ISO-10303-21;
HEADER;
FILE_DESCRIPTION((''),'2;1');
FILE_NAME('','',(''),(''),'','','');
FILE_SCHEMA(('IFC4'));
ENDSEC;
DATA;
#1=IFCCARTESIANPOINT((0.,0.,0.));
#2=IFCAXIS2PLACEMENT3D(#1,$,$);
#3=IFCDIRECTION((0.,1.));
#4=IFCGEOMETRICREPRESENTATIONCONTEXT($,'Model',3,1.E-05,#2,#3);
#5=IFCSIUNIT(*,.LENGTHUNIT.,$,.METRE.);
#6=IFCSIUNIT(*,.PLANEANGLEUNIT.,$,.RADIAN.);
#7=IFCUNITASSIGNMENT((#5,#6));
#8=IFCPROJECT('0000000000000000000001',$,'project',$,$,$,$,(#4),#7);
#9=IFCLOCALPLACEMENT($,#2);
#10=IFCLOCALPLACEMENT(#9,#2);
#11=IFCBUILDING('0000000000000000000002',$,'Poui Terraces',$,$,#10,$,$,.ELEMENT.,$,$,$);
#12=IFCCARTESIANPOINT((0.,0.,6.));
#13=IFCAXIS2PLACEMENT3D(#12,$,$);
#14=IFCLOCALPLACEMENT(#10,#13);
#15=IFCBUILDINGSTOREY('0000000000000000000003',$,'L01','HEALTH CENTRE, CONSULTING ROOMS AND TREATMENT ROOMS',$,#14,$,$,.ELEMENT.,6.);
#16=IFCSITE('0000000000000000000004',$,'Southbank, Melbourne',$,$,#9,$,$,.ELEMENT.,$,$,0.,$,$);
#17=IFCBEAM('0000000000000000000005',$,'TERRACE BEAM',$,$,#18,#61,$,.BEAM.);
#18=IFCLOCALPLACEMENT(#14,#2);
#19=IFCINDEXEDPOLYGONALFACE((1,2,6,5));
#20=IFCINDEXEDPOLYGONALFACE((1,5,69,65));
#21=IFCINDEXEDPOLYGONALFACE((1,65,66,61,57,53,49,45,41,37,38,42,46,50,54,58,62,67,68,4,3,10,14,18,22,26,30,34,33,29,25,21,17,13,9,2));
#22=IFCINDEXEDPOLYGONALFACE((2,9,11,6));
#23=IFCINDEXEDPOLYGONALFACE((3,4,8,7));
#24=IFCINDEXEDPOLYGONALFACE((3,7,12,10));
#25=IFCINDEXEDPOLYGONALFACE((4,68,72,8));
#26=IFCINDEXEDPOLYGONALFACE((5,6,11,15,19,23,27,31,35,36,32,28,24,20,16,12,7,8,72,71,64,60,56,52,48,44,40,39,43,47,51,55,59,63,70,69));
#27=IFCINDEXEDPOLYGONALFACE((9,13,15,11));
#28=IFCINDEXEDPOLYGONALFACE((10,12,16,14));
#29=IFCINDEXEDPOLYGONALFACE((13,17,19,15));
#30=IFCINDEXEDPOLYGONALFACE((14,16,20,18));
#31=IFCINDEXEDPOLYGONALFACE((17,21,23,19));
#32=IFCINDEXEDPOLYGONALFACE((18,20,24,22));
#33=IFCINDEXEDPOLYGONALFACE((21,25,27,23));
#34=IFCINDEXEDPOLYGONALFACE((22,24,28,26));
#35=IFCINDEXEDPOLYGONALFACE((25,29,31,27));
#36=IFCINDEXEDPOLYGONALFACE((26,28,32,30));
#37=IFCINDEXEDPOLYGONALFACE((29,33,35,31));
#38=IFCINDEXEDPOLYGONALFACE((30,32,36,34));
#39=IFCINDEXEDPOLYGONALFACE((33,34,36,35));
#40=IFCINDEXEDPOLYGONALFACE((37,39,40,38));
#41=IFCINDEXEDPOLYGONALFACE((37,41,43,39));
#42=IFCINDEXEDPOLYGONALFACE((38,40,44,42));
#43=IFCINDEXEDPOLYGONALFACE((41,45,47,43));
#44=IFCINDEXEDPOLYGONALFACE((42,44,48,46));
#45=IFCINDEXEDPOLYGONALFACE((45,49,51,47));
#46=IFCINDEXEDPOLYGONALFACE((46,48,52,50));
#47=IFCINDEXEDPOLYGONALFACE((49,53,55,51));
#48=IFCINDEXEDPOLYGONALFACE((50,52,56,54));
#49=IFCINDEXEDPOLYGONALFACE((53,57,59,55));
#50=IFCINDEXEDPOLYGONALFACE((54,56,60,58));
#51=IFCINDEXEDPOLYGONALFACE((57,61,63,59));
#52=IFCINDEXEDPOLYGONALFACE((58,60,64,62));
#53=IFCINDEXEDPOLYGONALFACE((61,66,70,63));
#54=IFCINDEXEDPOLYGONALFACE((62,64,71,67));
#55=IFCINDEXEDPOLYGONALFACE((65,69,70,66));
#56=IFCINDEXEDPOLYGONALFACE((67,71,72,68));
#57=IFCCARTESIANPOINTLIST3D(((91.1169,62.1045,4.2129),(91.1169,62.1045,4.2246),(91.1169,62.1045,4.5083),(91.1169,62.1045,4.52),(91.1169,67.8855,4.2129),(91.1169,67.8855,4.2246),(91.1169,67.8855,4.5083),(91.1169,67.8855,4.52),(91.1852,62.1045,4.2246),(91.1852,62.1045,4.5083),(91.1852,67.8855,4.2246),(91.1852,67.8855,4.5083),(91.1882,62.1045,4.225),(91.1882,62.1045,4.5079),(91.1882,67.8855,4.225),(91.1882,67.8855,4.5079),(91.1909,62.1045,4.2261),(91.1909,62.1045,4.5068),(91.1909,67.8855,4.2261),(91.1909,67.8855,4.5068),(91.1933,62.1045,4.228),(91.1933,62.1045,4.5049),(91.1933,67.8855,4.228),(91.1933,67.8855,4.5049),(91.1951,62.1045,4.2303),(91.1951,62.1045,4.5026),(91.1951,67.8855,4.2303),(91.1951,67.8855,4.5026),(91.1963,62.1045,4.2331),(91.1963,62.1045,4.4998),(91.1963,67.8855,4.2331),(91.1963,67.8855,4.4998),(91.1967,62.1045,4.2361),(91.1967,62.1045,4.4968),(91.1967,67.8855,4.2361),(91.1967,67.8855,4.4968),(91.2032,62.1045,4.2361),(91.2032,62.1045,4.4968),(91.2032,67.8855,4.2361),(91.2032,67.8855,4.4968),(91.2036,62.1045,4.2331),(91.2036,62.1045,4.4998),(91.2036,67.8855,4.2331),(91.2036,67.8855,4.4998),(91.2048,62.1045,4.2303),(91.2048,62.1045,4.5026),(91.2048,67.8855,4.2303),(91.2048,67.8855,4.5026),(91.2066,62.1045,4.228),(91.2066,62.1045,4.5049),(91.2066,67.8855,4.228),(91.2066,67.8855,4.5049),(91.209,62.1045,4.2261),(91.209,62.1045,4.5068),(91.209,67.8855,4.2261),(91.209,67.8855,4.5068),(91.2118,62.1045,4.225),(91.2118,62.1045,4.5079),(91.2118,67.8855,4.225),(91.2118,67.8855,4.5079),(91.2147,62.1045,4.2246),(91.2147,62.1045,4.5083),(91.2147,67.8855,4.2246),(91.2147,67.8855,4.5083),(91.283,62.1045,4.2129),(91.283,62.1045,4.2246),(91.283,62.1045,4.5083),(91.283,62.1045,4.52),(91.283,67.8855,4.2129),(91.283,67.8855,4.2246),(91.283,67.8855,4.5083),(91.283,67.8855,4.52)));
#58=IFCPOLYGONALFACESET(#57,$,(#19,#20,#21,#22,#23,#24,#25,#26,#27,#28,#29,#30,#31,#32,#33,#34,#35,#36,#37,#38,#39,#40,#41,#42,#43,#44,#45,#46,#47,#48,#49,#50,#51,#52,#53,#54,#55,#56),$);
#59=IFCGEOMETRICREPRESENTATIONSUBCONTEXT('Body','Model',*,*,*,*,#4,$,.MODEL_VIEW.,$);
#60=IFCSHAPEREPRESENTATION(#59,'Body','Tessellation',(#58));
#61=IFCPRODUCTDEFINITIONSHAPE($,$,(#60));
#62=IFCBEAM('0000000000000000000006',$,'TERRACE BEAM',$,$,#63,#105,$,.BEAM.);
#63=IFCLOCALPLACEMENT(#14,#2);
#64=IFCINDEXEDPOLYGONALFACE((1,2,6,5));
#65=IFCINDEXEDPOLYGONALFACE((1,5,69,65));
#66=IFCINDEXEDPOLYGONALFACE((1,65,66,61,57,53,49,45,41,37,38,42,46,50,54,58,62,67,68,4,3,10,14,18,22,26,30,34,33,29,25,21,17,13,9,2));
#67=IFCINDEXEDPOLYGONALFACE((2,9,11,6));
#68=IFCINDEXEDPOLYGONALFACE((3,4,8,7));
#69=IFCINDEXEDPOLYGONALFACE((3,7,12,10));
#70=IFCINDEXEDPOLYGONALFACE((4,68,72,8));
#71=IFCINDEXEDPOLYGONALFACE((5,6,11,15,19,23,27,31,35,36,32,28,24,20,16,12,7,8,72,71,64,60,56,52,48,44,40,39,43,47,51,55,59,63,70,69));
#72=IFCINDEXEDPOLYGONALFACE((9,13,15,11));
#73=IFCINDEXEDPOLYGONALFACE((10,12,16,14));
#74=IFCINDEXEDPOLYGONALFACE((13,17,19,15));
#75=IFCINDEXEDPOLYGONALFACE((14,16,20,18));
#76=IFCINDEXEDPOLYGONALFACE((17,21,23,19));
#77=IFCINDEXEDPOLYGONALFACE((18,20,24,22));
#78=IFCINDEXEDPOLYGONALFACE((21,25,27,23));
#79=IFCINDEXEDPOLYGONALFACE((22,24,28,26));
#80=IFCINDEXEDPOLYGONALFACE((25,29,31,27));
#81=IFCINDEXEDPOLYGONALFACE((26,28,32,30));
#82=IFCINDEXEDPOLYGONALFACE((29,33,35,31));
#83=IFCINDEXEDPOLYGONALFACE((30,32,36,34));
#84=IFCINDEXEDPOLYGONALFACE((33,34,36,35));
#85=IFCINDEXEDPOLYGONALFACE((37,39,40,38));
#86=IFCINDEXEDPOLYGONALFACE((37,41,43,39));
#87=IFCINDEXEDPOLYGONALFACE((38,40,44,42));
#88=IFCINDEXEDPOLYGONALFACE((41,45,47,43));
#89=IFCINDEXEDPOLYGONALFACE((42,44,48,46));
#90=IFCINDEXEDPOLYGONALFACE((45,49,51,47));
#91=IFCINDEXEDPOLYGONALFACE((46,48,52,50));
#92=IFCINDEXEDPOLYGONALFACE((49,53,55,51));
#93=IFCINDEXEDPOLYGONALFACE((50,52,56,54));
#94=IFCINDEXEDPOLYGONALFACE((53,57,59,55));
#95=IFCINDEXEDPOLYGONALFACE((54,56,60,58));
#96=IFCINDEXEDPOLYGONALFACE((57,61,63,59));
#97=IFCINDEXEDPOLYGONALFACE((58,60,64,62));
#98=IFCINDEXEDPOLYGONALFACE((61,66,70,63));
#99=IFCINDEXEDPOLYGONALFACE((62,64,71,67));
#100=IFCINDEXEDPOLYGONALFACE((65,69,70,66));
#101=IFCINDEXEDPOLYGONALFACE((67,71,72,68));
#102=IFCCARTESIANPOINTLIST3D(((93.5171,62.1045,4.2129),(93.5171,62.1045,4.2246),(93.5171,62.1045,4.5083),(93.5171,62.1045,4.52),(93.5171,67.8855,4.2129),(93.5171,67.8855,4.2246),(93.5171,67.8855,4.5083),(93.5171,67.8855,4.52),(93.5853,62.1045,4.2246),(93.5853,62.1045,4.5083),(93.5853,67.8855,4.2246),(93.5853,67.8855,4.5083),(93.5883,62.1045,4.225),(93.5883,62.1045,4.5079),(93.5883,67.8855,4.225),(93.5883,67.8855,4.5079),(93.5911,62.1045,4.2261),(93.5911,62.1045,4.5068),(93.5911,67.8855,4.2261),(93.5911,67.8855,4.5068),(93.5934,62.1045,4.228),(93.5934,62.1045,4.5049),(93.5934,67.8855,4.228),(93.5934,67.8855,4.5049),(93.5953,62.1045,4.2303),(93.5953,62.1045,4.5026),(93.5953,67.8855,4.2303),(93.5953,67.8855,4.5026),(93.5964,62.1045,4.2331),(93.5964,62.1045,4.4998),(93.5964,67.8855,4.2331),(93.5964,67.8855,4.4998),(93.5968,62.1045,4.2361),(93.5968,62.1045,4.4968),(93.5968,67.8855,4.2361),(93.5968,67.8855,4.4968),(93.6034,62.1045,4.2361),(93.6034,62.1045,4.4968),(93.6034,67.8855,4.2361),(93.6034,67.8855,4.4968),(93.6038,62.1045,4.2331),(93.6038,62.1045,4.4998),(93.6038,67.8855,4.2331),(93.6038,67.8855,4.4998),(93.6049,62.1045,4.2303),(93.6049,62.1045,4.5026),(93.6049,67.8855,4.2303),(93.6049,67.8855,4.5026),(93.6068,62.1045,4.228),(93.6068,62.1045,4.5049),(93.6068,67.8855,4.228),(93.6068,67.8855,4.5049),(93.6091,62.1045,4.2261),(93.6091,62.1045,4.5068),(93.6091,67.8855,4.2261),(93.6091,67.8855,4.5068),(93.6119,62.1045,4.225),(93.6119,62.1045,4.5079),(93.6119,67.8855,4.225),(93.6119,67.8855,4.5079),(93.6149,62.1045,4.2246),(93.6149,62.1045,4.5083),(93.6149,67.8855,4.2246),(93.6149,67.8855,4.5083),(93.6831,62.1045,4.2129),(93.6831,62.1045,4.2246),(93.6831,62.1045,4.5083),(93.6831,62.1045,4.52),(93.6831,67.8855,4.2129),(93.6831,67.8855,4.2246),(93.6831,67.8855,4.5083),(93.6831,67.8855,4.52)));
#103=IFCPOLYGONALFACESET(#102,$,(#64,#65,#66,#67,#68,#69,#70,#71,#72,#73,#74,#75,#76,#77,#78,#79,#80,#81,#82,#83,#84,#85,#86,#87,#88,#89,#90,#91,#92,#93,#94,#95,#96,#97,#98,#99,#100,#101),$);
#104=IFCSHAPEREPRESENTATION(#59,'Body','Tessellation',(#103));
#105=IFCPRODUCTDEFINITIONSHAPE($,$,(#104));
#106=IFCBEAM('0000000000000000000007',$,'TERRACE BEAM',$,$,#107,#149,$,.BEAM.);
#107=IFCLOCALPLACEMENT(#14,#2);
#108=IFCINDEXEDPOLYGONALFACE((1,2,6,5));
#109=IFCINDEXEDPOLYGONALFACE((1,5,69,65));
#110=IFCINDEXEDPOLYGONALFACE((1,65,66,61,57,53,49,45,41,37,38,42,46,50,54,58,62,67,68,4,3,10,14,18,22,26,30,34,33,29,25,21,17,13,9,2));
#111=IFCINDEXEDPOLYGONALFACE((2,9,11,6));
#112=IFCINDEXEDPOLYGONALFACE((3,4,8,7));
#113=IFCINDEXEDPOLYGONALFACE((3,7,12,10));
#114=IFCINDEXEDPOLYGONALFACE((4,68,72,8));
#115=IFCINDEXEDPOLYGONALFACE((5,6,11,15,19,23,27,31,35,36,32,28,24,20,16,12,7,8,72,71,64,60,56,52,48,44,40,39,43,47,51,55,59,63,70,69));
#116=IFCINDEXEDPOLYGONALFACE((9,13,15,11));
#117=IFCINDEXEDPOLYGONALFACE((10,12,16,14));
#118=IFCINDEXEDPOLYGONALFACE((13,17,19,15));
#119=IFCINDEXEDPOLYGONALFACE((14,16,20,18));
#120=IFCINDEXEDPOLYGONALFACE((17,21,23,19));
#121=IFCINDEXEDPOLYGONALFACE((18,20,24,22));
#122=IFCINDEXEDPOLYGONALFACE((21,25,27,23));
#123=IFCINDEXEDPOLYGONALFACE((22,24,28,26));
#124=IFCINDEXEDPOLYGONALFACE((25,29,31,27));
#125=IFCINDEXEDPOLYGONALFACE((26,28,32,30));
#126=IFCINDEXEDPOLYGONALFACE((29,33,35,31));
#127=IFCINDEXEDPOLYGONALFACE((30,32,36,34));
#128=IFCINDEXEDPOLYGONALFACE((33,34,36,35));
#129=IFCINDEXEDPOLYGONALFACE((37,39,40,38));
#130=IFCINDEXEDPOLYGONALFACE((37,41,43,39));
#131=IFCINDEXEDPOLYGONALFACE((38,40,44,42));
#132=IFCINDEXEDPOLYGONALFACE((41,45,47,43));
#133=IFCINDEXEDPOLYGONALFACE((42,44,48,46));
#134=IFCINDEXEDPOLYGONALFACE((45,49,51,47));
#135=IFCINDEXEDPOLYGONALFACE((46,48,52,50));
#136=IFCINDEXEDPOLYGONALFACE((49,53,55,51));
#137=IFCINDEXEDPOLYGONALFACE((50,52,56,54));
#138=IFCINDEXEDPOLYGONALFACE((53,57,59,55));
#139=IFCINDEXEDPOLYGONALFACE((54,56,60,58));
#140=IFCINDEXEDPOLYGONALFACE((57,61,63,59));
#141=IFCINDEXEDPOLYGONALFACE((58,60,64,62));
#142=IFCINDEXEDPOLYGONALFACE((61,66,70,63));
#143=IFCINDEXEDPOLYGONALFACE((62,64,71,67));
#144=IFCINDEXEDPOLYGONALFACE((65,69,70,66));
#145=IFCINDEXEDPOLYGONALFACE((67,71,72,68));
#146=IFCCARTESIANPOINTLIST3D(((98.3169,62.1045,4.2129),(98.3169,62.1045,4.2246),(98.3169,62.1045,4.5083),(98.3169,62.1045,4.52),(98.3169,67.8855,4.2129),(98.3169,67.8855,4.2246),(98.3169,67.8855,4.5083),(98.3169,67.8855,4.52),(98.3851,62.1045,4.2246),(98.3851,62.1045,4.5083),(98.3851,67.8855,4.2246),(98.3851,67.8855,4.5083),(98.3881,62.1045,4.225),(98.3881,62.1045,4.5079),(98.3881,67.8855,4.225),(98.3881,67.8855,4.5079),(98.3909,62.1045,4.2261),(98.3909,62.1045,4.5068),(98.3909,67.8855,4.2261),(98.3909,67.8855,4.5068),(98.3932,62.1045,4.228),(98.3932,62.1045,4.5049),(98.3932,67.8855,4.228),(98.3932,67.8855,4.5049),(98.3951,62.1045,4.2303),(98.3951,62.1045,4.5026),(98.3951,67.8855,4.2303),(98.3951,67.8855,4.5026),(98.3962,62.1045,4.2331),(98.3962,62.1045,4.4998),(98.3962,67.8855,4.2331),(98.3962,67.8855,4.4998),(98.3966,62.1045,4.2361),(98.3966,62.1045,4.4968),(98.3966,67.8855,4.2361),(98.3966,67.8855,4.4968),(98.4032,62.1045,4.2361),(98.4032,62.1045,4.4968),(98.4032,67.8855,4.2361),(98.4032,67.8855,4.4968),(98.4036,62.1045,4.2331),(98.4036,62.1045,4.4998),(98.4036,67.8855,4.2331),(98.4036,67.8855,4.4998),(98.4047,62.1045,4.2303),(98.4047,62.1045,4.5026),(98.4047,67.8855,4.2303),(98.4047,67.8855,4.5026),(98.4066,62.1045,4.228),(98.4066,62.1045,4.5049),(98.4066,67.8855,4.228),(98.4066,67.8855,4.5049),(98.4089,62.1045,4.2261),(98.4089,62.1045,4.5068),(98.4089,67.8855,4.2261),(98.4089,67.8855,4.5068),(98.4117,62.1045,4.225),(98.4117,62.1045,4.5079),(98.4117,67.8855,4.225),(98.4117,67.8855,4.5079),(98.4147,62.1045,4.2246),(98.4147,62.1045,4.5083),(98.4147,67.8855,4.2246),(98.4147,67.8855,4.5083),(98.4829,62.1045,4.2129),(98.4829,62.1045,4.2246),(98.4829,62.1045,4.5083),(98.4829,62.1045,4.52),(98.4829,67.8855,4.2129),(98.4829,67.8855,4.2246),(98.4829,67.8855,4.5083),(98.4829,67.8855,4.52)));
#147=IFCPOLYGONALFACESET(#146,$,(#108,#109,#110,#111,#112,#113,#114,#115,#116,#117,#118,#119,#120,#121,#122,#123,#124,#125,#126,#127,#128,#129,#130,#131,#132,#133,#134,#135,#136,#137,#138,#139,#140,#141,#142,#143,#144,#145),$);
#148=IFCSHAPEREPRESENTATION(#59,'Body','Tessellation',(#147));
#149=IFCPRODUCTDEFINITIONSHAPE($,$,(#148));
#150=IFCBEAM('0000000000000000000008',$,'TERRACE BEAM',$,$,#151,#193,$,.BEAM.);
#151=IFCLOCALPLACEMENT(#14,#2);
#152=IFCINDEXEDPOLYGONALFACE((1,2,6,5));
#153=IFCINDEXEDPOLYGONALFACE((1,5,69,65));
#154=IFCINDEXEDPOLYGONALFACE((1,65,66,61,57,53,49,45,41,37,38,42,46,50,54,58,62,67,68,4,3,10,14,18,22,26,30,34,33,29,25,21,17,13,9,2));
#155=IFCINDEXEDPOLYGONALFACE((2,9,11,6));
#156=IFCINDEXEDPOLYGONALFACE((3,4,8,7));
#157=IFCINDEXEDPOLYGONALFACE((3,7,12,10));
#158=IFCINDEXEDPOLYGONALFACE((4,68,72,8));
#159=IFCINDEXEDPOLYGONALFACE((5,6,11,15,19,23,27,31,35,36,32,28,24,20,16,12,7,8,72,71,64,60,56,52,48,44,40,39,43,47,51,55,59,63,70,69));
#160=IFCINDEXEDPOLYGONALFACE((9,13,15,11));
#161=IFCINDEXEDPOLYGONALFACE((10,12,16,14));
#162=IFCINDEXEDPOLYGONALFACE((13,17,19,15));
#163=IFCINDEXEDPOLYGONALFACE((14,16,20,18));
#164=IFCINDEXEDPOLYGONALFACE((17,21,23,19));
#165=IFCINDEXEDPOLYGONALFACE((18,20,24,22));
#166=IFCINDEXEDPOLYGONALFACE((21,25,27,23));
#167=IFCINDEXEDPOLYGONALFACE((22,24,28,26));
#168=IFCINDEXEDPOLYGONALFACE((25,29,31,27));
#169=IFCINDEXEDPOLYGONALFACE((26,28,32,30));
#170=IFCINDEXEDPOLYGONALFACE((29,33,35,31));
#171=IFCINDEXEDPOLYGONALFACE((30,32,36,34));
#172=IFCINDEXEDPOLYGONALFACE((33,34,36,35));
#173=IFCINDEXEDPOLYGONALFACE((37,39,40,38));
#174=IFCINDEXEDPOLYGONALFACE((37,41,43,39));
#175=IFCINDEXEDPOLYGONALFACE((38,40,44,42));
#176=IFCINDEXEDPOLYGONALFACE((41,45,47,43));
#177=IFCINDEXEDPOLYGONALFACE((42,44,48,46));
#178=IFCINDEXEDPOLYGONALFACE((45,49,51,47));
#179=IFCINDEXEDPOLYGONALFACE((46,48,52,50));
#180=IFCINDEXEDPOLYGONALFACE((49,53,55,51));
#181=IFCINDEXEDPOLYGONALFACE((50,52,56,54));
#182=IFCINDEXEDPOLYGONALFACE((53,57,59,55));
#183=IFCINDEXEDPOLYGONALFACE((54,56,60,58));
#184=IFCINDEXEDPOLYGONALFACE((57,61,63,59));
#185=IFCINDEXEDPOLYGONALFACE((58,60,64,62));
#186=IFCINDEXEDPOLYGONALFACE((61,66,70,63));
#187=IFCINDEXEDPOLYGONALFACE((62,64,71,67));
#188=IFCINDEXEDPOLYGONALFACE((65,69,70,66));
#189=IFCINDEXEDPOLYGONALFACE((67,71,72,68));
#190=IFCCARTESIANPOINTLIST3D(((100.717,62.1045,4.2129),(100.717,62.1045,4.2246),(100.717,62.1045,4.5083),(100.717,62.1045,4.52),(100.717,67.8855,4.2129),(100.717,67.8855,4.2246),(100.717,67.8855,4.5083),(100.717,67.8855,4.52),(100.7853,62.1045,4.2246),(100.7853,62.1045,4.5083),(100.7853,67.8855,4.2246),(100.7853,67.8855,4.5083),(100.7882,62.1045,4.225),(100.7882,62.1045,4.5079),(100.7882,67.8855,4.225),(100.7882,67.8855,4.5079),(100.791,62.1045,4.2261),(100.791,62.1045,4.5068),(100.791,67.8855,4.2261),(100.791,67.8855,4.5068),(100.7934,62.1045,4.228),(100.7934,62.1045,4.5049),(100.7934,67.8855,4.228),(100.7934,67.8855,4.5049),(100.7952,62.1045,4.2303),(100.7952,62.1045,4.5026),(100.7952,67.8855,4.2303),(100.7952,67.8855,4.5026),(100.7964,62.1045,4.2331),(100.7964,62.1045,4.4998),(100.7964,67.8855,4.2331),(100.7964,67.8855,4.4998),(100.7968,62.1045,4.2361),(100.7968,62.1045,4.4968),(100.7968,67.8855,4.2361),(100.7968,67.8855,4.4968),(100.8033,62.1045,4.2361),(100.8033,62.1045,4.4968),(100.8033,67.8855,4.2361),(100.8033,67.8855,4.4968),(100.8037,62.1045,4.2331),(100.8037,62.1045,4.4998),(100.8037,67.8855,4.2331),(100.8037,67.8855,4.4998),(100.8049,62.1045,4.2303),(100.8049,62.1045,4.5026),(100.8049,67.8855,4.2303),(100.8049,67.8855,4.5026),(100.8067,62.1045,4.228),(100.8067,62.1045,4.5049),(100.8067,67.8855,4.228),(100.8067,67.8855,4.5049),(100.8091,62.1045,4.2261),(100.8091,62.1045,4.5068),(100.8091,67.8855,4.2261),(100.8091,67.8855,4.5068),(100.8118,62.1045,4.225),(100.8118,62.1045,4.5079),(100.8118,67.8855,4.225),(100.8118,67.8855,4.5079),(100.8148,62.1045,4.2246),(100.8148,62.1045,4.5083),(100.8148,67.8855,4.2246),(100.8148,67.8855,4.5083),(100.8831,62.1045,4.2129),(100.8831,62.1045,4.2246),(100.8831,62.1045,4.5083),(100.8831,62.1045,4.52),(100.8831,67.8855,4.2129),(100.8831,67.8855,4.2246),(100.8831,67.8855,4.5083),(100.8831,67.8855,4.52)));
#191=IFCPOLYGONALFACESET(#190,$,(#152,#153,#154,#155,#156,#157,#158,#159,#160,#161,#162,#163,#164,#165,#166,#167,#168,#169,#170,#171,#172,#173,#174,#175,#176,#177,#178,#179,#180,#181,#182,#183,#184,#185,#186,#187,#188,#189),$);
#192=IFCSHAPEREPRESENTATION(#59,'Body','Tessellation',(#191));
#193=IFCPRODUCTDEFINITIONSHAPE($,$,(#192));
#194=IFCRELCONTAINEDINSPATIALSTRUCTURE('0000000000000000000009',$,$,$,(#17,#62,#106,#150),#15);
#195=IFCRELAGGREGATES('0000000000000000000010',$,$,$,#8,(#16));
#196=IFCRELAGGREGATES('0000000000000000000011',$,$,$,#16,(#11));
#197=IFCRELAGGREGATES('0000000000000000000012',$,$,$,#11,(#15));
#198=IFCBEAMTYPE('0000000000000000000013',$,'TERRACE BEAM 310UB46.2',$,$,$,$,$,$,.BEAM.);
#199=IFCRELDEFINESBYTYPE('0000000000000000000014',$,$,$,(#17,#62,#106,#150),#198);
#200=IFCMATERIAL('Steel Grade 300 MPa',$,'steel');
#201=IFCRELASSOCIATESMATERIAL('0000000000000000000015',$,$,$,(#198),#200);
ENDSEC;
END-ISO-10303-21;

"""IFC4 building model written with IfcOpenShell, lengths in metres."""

from ifc_helpers import new_model, si_unit, direction, frame, origin, origin_2d, place, context, subcontext, project, spatial, i_section, extrude, source, transform, mapped, material, material_profile, profile_set, type_object, element, save


model = new_model("IFC4")

# Units and contexts
model_context = context("Model", 3, precision=1e-05, world=origin(), true_north=direction((0.0, 1.0)))
body_context = subcontext(model_context, "Body", "Model", "MODEL_VIEW")
ifc_project = project(units=[si_unit("LENGTHUNIT", "METRE"), si_unit("PLANEANGLEUNIT", "RADIAN")], contexts=[model_context])

# Site, building, storey
site_placement = place(None, origin())
site = spatial("IfcSite", under=ifc_project, at=site_placement, Name="Southbank, Melbourne", CompositionType="ELEMENT", RefElevation=0.0)
building_placement = place(site_placement, origin())
building = spatial("IfcBuilding", under=site, at=building_placement, Name="Poui Terraces", CompositionType="ELEMENT")
storey_placement = place(building_placement, frame((0.0, 0.0, 6.0)))
storey = spatial("IfcBuildingStorey", under=building, at=storey_placement, Name="L01", Description="HEALTH CENTRE, CONSULTING ROOMS AND TREATMENT ROOMS", CompositionType="ELEMENT", Elevation=6.0)

# Beams
ifc_material_1 = material(Name="Steel Grade 300 MPa", Category="steel")
ifc_material_profile_1 = material_profile(ifc_material_1, i_section(OverallWidth=0.166, OverallDepth=0.3071, WebThickness=0.0066, FlangeThickness=0.0117, FilletRadius=0.0115, at=origin_2d()), Name="310UB46.2")
ifc_profile_set_1 = profile_set([ifc_material_profile_1], Name="Steel Grade 300 MPa")
beam_type_1 = type_object("IfcBeamType", Name="TERRACE BEAM 310UB46.2", PredefinedType="BEAM", material=ifc_profile_set_1)
shared_shape_1 = source(origin(), body_context, "Body", "SweptSolid", [
    extrude(i_section(OverallWidth=0.166, OverallDepth=0.3071, WebThickness=0.0066, FlangeThickness=0.0117, FilletRadius=0.0115, at=origin_2d()), origin(), (0.0, 0.0, 1.0), 5.781),
])
for number, where, z_axis, x_axis, name in (
    (1, (91.2, 62.1045, 4.3665), (0.0, 1.0, 0.0), (-1.0, 0.0, 0.0), "TERRACE BEAM"),
    (2, (93.6001, 62.1045, 4.3665), (0.0, 1.0, 0.0), (-1.0, 0.0, 0.0), "TERRACE BEAM"),
    (3, (98.3999, 62.1045, 4.3665), (0.0, 1.0, 0.0), (-1.0, 0.0, 0.0), "TERRACE BEAM"),
    (4, (100.8, 62.1045, 4.3665), (0.0, 1.0, 0.0), (-1.0, 0.0, 0.0), "TERRACE BEAM"),
):
    element("IfcBeam", number, at=place(storey_placement, frame(where, z_axis=z_axis, x_axis=x_axis)), inside=storey, type_object=beam_type_1, Name=name, PredefinedType="BEAM", context=body_context, shape_type="MappedRepresentation", body=[
        mapped(shared_shape_1, transform((0.0, 0.0, 0.0))),
    ])

save(model, "model.ifc")
